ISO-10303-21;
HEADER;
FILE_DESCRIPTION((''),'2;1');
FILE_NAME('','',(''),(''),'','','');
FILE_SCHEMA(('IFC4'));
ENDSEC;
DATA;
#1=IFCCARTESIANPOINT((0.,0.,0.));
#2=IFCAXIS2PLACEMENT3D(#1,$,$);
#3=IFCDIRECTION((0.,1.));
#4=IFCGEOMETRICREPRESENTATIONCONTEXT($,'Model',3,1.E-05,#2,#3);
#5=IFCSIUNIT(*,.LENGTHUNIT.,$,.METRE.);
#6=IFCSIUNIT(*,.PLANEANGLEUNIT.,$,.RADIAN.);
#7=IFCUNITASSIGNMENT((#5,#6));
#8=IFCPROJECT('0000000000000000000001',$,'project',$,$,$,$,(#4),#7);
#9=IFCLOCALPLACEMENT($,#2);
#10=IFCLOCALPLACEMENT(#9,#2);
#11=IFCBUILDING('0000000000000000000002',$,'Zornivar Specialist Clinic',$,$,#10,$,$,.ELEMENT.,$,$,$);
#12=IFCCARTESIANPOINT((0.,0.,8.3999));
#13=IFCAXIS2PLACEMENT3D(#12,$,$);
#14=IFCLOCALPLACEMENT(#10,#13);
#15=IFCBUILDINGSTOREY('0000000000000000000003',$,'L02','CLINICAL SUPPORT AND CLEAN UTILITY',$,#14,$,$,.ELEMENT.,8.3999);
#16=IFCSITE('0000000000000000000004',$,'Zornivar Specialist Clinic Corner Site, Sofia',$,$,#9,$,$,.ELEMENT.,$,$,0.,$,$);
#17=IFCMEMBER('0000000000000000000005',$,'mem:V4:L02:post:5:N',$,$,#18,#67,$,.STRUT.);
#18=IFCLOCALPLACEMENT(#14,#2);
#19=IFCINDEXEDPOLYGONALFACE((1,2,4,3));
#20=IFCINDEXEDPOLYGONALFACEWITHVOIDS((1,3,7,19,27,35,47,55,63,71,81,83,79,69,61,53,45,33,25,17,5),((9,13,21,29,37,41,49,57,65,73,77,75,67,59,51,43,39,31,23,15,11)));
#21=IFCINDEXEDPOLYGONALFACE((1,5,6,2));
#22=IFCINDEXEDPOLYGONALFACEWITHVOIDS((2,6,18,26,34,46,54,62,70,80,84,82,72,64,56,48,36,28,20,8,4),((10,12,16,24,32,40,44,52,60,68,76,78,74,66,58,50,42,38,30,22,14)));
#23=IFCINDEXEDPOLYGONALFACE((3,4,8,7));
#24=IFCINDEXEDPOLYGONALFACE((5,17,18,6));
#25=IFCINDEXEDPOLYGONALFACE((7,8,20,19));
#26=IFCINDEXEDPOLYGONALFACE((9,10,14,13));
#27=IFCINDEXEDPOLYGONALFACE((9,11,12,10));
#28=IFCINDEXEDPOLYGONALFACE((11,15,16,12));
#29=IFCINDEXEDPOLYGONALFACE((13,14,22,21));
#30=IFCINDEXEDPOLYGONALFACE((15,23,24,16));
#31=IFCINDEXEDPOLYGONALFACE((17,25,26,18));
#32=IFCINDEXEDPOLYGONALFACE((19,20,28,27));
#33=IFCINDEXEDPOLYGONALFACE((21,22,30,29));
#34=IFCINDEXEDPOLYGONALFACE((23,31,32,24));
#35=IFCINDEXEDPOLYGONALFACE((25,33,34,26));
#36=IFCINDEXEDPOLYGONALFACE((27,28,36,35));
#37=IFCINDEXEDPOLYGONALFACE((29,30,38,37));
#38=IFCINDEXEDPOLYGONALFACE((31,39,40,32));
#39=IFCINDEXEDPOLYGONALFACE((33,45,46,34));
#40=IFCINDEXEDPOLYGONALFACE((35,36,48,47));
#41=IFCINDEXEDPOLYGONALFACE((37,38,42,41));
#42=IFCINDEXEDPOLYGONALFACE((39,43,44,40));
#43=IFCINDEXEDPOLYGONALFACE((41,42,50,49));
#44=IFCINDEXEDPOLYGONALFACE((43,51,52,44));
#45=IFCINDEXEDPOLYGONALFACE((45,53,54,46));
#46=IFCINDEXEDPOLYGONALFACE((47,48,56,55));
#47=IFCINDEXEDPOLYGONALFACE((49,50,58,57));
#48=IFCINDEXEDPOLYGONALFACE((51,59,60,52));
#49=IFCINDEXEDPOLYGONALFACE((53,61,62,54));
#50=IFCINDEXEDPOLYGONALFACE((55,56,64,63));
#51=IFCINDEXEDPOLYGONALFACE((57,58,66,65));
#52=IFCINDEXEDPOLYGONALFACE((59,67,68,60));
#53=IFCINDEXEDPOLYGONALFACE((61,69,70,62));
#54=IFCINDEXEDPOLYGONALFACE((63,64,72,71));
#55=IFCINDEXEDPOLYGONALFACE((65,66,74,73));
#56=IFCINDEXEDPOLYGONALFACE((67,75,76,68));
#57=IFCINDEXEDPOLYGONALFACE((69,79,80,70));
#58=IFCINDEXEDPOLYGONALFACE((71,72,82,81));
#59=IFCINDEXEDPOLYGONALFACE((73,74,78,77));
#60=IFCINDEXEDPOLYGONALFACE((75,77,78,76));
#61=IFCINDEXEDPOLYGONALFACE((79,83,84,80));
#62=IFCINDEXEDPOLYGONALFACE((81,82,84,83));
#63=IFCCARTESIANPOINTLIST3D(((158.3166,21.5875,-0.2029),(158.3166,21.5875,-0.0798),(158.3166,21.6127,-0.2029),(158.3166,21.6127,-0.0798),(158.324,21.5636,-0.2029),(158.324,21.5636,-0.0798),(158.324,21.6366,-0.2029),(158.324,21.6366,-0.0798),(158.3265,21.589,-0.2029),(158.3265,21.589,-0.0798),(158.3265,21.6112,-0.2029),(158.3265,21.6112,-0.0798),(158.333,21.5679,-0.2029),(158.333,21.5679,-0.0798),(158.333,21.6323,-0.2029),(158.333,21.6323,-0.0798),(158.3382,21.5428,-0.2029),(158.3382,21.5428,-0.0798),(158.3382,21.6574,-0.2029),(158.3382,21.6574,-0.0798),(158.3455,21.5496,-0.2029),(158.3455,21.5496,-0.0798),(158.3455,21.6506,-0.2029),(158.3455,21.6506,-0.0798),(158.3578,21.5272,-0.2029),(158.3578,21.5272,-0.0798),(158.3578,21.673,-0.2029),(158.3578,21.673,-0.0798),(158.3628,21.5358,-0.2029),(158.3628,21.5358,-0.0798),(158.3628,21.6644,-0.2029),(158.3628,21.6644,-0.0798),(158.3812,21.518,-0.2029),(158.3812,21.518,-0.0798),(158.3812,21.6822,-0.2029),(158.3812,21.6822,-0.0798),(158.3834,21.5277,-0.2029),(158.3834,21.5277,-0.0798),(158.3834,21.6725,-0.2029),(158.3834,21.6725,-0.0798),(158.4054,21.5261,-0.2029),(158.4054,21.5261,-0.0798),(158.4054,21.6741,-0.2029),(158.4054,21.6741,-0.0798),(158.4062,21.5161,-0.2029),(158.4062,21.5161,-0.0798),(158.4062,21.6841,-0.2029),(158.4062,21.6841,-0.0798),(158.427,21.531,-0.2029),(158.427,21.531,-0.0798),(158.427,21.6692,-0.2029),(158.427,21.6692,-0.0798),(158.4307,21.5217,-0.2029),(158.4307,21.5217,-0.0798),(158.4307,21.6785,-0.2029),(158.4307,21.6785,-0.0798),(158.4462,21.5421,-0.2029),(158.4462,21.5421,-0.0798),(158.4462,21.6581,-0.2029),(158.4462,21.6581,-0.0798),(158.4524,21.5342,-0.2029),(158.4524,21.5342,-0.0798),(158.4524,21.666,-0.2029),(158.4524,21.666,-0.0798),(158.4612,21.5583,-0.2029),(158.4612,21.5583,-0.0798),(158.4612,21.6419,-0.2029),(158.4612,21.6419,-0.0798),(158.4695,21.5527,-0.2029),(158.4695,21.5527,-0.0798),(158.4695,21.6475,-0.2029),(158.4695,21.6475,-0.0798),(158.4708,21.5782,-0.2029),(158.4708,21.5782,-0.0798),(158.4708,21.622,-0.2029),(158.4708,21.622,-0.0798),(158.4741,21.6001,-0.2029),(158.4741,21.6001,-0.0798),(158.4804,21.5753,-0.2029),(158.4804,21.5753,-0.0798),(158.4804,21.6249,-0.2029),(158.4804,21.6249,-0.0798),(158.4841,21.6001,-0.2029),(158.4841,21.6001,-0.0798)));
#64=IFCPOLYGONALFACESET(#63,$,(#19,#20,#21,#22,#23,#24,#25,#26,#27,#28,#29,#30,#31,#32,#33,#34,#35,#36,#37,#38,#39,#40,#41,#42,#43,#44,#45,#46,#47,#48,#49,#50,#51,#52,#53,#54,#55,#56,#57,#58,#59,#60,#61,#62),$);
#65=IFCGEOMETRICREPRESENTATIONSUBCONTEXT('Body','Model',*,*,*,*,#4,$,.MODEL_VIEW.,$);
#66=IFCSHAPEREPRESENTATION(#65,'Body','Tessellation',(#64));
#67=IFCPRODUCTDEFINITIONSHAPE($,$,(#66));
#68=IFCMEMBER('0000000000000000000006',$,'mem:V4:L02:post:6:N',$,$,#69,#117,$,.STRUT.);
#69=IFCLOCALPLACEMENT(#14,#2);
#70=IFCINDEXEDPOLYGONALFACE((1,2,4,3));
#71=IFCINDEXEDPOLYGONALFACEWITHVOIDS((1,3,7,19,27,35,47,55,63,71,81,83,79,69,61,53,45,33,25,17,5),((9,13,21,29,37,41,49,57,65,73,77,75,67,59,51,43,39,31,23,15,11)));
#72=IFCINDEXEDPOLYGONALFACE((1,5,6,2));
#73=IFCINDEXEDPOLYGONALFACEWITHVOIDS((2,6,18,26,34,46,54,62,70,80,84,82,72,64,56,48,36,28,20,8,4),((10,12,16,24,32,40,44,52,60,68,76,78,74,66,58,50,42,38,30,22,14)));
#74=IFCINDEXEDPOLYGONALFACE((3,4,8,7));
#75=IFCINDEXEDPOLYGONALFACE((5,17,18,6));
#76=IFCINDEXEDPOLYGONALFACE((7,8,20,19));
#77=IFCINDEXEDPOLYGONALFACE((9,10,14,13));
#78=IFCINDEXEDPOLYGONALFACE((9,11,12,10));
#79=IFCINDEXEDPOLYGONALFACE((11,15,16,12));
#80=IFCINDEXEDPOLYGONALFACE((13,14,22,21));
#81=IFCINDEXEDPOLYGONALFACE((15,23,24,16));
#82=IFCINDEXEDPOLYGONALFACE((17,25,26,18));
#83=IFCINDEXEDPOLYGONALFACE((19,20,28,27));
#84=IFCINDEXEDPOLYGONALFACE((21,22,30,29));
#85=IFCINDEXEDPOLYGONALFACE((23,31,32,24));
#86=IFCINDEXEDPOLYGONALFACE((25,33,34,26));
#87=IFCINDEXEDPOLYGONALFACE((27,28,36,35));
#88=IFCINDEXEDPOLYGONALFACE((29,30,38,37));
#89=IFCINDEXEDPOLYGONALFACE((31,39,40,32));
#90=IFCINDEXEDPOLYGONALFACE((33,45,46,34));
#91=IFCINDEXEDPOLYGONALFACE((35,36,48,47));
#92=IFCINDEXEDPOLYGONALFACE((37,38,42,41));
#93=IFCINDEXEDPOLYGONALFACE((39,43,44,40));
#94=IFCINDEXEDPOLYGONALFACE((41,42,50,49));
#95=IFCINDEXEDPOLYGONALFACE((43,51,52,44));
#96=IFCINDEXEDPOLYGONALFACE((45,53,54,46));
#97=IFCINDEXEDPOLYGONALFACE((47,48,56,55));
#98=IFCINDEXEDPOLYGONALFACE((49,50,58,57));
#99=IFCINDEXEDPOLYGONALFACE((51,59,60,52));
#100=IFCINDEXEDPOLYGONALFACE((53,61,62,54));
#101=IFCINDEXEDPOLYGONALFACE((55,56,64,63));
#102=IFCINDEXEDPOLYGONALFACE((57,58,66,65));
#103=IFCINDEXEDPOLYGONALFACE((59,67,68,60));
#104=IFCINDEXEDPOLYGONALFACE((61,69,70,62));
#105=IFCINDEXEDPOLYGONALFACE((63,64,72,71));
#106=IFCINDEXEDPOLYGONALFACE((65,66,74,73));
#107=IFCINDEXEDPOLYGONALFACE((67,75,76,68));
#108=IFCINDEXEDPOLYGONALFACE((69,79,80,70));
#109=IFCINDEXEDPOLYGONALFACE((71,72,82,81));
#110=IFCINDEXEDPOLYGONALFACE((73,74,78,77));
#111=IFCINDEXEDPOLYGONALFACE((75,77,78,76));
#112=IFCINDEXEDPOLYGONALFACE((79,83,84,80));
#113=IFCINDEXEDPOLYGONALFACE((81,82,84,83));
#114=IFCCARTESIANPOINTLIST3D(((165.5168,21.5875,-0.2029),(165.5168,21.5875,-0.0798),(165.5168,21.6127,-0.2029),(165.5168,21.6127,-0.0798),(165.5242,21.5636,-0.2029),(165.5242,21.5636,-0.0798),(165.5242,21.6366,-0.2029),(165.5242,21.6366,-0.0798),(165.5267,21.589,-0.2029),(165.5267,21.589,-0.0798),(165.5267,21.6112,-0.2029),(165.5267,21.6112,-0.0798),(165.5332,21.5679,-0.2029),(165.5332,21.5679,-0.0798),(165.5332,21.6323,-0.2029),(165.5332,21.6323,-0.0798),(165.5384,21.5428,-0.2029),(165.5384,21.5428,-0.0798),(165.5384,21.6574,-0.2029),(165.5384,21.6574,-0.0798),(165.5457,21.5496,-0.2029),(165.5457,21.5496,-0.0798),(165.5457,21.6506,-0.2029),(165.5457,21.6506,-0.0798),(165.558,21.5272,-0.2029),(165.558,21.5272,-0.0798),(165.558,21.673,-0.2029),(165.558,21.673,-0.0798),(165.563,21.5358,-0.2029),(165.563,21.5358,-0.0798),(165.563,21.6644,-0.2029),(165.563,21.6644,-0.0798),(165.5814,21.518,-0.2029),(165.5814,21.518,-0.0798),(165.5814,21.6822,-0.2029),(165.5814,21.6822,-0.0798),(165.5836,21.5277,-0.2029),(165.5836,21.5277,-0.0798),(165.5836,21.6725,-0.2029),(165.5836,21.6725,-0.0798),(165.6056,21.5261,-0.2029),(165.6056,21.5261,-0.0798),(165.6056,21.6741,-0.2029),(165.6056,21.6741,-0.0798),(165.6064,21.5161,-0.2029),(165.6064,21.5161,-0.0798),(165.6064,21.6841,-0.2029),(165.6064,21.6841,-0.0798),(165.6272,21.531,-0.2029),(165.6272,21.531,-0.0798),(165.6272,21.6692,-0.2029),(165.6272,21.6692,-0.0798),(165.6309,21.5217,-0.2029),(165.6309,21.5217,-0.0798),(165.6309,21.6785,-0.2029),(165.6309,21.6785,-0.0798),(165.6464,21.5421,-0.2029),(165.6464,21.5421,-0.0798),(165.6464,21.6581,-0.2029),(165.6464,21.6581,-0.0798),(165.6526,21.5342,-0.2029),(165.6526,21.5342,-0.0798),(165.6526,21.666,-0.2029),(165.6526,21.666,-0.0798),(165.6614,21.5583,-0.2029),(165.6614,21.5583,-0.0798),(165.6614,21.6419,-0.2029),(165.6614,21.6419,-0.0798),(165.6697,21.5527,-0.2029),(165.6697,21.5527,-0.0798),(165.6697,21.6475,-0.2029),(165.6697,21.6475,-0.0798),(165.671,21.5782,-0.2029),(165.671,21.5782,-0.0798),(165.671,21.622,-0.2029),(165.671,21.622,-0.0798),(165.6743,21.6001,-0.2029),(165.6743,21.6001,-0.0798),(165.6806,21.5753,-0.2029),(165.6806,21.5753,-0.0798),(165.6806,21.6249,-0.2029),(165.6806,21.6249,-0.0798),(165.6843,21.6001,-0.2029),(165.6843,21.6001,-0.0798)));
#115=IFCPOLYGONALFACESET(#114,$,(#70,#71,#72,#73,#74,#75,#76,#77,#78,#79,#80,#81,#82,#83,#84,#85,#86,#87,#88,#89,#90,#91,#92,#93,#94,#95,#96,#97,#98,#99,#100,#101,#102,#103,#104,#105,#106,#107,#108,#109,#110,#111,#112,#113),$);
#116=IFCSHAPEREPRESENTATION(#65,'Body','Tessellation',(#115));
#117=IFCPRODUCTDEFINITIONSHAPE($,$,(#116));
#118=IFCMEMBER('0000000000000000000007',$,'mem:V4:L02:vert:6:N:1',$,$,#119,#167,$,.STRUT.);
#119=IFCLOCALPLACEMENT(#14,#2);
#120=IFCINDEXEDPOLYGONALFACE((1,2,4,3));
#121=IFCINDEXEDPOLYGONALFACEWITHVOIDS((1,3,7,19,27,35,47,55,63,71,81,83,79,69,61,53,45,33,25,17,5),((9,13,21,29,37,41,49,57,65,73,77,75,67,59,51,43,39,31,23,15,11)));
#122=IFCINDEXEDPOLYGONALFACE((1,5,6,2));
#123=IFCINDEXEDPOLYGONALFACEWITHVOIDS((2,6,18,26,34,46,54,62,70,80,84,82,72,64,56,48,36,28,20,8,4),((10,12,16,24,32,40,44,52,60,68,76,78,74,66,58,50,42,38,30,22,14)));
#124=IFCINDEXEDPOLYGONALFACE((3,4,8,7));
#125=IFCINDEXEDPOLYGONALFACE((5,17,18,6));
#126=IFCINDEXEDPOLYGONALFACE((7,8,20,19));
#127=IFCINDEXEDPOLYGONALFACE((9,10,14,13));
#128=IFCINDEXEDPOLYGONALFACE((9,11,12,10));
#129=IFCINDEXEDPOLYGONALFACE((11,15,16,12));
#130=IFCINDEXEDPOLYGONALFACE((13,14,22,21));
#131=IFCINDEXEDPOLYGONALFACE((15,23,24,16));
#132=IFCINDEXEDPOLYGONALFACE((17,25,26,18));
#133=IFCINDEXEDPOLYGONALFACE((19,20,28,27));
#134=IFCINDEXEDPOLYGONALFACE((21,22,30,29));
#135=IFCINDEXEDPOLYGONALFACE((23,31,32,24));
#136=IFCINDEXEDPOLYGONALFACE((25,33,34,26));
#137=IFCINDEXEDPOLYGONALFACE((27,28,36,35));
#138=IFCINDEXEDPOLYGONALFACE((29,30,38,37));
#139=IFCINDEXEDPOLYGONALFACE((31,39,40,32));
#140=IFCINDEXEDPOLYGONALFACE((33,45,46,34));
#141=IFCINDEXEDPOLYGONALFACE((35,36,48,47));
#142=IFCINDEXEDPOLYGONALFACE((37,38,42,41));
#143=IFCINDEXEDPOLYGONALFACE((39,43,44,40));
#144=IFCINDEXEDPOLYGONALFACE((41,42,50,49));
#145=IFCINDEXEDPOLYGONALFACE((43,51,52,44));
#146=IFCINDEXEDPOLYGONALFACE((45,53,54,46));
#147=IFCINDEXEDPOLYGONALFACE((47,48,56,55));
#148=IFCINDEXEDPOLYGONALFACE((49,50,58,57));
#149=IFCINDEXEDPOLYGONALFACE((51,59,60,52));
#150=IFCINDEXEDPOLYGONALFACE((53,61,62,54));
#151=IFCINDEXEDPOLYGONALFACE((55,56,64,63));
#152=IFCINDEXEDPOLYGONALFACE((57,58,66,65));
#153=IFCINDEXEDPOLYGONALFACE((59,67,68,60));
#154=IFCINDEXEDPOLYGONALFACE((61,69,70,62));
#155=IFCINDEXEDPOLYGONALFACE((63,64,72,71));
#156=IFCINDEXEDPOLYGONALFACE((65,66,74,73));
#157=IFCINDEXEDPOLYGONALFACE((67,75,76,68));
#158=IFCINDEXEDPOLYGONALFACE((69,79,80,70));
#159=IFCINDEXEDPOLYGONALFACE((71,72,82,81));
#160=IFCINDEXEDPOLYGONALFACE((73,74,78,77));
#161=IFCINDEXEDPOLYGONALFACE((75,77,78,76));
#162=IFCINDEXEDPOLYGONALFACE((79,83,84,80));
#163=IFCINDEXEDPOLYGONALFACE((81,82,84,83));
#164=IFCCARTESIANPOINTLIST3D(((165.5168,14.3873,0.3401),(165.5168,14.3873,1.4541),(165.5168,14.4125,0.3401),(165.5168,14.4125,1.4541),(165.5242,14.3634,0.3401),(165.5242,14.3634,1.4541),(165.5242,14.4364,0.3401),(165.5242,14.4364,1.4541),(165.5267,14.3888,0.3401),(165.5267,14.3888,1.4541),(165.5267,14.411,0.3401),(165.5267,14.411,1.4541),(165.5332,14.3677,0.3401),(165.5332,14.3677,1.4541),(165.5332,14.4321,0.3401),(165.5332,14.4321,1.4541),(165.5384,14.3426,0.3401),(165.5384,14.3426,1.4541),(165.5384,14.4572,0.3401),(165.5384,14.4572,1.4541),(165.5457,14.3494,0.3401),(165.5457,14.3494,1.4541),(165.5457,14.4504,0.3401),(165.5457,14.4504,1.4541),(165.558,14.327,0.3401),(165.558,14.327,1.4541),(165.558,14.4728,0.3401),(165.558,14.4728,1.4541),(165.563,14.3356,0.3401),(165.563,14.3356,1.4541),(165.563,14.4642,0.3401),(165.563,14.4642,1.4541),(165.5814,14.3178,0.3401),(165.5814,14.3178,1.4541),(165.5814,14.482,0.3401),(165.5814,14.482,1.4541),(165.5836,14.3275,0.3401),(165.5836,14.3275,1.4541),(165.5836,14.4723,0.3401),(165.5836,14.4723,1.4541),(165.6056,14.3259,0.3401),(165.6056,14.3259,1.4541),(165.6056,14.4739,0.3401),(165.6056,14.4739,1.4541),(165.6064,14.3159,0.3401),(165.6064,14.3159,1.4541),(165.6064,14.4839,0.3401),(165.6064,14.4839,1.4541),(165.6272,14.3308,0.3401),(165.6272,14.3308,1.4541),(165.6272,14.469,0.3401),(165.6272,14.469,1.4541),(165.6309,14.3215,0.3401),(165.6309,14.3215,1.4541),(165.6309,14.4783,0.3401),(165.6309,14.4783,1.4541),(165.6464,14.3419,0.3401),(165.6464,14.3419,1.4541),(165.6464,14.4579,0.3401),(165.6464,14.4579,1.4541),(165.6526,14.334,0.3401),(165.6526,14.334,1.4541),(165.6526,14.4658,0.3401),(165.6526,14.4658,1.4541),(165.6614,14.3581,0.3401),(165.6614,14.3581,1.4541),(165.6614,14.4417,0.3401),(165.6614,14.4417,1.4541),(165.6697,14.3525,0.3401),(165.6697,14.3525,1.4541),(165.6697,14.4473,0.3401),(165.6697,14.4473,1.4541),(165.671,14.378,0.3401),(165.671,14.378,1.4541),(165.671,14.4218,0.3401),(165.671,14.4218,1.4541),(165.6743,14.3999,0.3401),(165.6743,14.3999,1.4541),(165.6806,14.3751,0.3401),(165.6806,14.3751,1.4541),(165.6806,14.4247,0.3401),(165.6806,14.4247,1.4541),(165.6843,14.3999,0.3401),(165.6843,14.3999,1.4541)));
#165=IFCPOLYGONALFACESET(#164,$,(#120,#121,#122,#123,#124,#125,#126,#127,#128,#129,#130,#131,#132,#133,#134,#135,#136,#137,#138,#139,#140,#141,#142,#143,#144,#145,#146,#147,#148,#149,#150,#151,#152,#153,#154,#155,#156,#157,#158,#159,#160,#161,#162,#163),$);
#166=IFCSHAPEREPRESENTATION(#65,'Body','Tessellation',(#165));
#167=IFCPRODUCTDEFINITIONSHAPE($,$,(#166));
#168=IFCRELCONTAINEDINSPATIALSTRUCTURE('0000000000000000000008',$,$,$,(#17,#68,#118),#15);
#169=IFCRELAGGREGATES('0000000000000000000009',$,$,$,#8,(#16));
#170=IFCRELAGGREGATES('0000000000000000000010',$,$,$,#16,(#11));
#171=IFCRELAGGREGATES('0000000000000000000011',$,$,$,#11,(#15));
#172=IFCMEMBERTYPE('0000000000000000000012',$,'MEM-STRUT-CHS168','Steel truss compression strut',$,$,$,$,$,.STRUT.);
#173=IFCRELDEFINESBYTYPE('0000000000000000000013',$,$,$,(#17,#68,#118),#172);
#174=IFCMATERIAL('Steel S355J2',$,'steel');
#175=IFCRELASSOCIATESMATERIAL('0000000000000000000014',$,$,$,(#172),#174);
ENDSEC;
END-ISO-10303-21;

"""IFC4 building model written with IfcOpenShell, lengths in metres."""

from ifc_helpers import new_model, si_unit, direction, frame, origin, origin_2d, place, context, subcontext, project, spatial, hollow_circle, extrude, material, material_profile, profile_set, type_object, element, save


model = new_model("IFC4")

# Units and contexts
model_context = context("Model", 3, precision=1e-05, world=origin(), true_north=direction((0.0, 1.0)))
body_context = subcontext(model_context, "Body", "Model", "MODEL_VIEW")
ifc_project = project(units=[si_unit("LENGTHUNIT", "METRE"), si_unit("PLANEANGLEUNIT", "RADIAN")], contexts=[model_context])

# Site, building, storey
site_placement = place(None, origin())
site = spatial("IfcSite", under=ifc_project, at=site_placement, Name="Zornivar Specialist Clinic Corner Site, Sofia", CompositionType="ELEMENT", RefElevation=0.0)
building_placement = place(site_placement, origin())
building = spatial("IfcBuilding", under=site, at=building_placement, Name="Zornivar Specialist Clinic", CompositionType="ELEMENT")
storey_placement = place(building_placement, frame((0.0, 0.0, 8.3999)))
storey = spatial("IfcBuildingStorey", under=building, at=storey_placement, Name="L02", Description="CLINICAL SUPPORT AND CLEAN UTILITY", CompositionType="ELEMENT", Elevation=8.3999)

# Members
ifc_material_1 = material(Name="Steel S355J2", Category="steel")
ifc_material_profile_1 = material_profile(ifc_material_1, hollow_circle(Radius=0.0842, WallThickness=0.01, at=origin_2d()), Name="CHS 168.3x10")
ifc_profile_set_1 = profile_set([ifc_material_profile_1], Name="Steel S355J2")
member_type_1 = type_object("IfcMemberType", Name="MEM-STRUT-CHS168", Description="Steel truss compression strut", PredefinedType="STRUT", material=ifc_profile_set_1)
for number, where, z_axis, x_axis, name in (
    (1, (158.3999, 21.6001, -0.0798), (0.0, 0.0, -1.0), (1.0, 0.0, 0.0), "mem:V4:L02:post:5:N"),
    (2, (165.6001, 21.6001, -0.0798), (0.0, 0.0, -1.0), (1.0, 0.0, 0.0), "mem:V4:L02:post:6:N"),
):
    element("IfcMember", number, at=place(storey_placement, frame(where, z_axis=z_axis, x_axis=x_axis)), inside=storey, type_object=member_type_1, Name=name, PredefinedType="STRUT", context=body_context, shape_type="SweptSolid", body=[
        extrude(hollow_circle(Radius=0.0842, WallThickness=0.01, at=origin_2d()), origin(), (0.0, 0.0, 1.0), 0.123),
    ])
member_1_placement = place(storey_placement, frame((165.6001, 14.3999, 0.3401), z_axis=(0.0, 0.0, 1.0), x_axis=(1.0, 0.0, 0.0)))
element("IfcMember", 3, at=member_1_placement, inside=storey, type_object=member_type_1, Name="mem:V4:L02:vert:6:N:1", PredefinedType="STRUT", context=body_context, shape_type="SweptSolid", body=[
    extrude(hollow_circle(Radius=0.0842, WallThickness=0.01, at=origin_2d()), origin(), (0.0, 0.0, 1.0), 1.114),
])

save(model, "model.ifc")
